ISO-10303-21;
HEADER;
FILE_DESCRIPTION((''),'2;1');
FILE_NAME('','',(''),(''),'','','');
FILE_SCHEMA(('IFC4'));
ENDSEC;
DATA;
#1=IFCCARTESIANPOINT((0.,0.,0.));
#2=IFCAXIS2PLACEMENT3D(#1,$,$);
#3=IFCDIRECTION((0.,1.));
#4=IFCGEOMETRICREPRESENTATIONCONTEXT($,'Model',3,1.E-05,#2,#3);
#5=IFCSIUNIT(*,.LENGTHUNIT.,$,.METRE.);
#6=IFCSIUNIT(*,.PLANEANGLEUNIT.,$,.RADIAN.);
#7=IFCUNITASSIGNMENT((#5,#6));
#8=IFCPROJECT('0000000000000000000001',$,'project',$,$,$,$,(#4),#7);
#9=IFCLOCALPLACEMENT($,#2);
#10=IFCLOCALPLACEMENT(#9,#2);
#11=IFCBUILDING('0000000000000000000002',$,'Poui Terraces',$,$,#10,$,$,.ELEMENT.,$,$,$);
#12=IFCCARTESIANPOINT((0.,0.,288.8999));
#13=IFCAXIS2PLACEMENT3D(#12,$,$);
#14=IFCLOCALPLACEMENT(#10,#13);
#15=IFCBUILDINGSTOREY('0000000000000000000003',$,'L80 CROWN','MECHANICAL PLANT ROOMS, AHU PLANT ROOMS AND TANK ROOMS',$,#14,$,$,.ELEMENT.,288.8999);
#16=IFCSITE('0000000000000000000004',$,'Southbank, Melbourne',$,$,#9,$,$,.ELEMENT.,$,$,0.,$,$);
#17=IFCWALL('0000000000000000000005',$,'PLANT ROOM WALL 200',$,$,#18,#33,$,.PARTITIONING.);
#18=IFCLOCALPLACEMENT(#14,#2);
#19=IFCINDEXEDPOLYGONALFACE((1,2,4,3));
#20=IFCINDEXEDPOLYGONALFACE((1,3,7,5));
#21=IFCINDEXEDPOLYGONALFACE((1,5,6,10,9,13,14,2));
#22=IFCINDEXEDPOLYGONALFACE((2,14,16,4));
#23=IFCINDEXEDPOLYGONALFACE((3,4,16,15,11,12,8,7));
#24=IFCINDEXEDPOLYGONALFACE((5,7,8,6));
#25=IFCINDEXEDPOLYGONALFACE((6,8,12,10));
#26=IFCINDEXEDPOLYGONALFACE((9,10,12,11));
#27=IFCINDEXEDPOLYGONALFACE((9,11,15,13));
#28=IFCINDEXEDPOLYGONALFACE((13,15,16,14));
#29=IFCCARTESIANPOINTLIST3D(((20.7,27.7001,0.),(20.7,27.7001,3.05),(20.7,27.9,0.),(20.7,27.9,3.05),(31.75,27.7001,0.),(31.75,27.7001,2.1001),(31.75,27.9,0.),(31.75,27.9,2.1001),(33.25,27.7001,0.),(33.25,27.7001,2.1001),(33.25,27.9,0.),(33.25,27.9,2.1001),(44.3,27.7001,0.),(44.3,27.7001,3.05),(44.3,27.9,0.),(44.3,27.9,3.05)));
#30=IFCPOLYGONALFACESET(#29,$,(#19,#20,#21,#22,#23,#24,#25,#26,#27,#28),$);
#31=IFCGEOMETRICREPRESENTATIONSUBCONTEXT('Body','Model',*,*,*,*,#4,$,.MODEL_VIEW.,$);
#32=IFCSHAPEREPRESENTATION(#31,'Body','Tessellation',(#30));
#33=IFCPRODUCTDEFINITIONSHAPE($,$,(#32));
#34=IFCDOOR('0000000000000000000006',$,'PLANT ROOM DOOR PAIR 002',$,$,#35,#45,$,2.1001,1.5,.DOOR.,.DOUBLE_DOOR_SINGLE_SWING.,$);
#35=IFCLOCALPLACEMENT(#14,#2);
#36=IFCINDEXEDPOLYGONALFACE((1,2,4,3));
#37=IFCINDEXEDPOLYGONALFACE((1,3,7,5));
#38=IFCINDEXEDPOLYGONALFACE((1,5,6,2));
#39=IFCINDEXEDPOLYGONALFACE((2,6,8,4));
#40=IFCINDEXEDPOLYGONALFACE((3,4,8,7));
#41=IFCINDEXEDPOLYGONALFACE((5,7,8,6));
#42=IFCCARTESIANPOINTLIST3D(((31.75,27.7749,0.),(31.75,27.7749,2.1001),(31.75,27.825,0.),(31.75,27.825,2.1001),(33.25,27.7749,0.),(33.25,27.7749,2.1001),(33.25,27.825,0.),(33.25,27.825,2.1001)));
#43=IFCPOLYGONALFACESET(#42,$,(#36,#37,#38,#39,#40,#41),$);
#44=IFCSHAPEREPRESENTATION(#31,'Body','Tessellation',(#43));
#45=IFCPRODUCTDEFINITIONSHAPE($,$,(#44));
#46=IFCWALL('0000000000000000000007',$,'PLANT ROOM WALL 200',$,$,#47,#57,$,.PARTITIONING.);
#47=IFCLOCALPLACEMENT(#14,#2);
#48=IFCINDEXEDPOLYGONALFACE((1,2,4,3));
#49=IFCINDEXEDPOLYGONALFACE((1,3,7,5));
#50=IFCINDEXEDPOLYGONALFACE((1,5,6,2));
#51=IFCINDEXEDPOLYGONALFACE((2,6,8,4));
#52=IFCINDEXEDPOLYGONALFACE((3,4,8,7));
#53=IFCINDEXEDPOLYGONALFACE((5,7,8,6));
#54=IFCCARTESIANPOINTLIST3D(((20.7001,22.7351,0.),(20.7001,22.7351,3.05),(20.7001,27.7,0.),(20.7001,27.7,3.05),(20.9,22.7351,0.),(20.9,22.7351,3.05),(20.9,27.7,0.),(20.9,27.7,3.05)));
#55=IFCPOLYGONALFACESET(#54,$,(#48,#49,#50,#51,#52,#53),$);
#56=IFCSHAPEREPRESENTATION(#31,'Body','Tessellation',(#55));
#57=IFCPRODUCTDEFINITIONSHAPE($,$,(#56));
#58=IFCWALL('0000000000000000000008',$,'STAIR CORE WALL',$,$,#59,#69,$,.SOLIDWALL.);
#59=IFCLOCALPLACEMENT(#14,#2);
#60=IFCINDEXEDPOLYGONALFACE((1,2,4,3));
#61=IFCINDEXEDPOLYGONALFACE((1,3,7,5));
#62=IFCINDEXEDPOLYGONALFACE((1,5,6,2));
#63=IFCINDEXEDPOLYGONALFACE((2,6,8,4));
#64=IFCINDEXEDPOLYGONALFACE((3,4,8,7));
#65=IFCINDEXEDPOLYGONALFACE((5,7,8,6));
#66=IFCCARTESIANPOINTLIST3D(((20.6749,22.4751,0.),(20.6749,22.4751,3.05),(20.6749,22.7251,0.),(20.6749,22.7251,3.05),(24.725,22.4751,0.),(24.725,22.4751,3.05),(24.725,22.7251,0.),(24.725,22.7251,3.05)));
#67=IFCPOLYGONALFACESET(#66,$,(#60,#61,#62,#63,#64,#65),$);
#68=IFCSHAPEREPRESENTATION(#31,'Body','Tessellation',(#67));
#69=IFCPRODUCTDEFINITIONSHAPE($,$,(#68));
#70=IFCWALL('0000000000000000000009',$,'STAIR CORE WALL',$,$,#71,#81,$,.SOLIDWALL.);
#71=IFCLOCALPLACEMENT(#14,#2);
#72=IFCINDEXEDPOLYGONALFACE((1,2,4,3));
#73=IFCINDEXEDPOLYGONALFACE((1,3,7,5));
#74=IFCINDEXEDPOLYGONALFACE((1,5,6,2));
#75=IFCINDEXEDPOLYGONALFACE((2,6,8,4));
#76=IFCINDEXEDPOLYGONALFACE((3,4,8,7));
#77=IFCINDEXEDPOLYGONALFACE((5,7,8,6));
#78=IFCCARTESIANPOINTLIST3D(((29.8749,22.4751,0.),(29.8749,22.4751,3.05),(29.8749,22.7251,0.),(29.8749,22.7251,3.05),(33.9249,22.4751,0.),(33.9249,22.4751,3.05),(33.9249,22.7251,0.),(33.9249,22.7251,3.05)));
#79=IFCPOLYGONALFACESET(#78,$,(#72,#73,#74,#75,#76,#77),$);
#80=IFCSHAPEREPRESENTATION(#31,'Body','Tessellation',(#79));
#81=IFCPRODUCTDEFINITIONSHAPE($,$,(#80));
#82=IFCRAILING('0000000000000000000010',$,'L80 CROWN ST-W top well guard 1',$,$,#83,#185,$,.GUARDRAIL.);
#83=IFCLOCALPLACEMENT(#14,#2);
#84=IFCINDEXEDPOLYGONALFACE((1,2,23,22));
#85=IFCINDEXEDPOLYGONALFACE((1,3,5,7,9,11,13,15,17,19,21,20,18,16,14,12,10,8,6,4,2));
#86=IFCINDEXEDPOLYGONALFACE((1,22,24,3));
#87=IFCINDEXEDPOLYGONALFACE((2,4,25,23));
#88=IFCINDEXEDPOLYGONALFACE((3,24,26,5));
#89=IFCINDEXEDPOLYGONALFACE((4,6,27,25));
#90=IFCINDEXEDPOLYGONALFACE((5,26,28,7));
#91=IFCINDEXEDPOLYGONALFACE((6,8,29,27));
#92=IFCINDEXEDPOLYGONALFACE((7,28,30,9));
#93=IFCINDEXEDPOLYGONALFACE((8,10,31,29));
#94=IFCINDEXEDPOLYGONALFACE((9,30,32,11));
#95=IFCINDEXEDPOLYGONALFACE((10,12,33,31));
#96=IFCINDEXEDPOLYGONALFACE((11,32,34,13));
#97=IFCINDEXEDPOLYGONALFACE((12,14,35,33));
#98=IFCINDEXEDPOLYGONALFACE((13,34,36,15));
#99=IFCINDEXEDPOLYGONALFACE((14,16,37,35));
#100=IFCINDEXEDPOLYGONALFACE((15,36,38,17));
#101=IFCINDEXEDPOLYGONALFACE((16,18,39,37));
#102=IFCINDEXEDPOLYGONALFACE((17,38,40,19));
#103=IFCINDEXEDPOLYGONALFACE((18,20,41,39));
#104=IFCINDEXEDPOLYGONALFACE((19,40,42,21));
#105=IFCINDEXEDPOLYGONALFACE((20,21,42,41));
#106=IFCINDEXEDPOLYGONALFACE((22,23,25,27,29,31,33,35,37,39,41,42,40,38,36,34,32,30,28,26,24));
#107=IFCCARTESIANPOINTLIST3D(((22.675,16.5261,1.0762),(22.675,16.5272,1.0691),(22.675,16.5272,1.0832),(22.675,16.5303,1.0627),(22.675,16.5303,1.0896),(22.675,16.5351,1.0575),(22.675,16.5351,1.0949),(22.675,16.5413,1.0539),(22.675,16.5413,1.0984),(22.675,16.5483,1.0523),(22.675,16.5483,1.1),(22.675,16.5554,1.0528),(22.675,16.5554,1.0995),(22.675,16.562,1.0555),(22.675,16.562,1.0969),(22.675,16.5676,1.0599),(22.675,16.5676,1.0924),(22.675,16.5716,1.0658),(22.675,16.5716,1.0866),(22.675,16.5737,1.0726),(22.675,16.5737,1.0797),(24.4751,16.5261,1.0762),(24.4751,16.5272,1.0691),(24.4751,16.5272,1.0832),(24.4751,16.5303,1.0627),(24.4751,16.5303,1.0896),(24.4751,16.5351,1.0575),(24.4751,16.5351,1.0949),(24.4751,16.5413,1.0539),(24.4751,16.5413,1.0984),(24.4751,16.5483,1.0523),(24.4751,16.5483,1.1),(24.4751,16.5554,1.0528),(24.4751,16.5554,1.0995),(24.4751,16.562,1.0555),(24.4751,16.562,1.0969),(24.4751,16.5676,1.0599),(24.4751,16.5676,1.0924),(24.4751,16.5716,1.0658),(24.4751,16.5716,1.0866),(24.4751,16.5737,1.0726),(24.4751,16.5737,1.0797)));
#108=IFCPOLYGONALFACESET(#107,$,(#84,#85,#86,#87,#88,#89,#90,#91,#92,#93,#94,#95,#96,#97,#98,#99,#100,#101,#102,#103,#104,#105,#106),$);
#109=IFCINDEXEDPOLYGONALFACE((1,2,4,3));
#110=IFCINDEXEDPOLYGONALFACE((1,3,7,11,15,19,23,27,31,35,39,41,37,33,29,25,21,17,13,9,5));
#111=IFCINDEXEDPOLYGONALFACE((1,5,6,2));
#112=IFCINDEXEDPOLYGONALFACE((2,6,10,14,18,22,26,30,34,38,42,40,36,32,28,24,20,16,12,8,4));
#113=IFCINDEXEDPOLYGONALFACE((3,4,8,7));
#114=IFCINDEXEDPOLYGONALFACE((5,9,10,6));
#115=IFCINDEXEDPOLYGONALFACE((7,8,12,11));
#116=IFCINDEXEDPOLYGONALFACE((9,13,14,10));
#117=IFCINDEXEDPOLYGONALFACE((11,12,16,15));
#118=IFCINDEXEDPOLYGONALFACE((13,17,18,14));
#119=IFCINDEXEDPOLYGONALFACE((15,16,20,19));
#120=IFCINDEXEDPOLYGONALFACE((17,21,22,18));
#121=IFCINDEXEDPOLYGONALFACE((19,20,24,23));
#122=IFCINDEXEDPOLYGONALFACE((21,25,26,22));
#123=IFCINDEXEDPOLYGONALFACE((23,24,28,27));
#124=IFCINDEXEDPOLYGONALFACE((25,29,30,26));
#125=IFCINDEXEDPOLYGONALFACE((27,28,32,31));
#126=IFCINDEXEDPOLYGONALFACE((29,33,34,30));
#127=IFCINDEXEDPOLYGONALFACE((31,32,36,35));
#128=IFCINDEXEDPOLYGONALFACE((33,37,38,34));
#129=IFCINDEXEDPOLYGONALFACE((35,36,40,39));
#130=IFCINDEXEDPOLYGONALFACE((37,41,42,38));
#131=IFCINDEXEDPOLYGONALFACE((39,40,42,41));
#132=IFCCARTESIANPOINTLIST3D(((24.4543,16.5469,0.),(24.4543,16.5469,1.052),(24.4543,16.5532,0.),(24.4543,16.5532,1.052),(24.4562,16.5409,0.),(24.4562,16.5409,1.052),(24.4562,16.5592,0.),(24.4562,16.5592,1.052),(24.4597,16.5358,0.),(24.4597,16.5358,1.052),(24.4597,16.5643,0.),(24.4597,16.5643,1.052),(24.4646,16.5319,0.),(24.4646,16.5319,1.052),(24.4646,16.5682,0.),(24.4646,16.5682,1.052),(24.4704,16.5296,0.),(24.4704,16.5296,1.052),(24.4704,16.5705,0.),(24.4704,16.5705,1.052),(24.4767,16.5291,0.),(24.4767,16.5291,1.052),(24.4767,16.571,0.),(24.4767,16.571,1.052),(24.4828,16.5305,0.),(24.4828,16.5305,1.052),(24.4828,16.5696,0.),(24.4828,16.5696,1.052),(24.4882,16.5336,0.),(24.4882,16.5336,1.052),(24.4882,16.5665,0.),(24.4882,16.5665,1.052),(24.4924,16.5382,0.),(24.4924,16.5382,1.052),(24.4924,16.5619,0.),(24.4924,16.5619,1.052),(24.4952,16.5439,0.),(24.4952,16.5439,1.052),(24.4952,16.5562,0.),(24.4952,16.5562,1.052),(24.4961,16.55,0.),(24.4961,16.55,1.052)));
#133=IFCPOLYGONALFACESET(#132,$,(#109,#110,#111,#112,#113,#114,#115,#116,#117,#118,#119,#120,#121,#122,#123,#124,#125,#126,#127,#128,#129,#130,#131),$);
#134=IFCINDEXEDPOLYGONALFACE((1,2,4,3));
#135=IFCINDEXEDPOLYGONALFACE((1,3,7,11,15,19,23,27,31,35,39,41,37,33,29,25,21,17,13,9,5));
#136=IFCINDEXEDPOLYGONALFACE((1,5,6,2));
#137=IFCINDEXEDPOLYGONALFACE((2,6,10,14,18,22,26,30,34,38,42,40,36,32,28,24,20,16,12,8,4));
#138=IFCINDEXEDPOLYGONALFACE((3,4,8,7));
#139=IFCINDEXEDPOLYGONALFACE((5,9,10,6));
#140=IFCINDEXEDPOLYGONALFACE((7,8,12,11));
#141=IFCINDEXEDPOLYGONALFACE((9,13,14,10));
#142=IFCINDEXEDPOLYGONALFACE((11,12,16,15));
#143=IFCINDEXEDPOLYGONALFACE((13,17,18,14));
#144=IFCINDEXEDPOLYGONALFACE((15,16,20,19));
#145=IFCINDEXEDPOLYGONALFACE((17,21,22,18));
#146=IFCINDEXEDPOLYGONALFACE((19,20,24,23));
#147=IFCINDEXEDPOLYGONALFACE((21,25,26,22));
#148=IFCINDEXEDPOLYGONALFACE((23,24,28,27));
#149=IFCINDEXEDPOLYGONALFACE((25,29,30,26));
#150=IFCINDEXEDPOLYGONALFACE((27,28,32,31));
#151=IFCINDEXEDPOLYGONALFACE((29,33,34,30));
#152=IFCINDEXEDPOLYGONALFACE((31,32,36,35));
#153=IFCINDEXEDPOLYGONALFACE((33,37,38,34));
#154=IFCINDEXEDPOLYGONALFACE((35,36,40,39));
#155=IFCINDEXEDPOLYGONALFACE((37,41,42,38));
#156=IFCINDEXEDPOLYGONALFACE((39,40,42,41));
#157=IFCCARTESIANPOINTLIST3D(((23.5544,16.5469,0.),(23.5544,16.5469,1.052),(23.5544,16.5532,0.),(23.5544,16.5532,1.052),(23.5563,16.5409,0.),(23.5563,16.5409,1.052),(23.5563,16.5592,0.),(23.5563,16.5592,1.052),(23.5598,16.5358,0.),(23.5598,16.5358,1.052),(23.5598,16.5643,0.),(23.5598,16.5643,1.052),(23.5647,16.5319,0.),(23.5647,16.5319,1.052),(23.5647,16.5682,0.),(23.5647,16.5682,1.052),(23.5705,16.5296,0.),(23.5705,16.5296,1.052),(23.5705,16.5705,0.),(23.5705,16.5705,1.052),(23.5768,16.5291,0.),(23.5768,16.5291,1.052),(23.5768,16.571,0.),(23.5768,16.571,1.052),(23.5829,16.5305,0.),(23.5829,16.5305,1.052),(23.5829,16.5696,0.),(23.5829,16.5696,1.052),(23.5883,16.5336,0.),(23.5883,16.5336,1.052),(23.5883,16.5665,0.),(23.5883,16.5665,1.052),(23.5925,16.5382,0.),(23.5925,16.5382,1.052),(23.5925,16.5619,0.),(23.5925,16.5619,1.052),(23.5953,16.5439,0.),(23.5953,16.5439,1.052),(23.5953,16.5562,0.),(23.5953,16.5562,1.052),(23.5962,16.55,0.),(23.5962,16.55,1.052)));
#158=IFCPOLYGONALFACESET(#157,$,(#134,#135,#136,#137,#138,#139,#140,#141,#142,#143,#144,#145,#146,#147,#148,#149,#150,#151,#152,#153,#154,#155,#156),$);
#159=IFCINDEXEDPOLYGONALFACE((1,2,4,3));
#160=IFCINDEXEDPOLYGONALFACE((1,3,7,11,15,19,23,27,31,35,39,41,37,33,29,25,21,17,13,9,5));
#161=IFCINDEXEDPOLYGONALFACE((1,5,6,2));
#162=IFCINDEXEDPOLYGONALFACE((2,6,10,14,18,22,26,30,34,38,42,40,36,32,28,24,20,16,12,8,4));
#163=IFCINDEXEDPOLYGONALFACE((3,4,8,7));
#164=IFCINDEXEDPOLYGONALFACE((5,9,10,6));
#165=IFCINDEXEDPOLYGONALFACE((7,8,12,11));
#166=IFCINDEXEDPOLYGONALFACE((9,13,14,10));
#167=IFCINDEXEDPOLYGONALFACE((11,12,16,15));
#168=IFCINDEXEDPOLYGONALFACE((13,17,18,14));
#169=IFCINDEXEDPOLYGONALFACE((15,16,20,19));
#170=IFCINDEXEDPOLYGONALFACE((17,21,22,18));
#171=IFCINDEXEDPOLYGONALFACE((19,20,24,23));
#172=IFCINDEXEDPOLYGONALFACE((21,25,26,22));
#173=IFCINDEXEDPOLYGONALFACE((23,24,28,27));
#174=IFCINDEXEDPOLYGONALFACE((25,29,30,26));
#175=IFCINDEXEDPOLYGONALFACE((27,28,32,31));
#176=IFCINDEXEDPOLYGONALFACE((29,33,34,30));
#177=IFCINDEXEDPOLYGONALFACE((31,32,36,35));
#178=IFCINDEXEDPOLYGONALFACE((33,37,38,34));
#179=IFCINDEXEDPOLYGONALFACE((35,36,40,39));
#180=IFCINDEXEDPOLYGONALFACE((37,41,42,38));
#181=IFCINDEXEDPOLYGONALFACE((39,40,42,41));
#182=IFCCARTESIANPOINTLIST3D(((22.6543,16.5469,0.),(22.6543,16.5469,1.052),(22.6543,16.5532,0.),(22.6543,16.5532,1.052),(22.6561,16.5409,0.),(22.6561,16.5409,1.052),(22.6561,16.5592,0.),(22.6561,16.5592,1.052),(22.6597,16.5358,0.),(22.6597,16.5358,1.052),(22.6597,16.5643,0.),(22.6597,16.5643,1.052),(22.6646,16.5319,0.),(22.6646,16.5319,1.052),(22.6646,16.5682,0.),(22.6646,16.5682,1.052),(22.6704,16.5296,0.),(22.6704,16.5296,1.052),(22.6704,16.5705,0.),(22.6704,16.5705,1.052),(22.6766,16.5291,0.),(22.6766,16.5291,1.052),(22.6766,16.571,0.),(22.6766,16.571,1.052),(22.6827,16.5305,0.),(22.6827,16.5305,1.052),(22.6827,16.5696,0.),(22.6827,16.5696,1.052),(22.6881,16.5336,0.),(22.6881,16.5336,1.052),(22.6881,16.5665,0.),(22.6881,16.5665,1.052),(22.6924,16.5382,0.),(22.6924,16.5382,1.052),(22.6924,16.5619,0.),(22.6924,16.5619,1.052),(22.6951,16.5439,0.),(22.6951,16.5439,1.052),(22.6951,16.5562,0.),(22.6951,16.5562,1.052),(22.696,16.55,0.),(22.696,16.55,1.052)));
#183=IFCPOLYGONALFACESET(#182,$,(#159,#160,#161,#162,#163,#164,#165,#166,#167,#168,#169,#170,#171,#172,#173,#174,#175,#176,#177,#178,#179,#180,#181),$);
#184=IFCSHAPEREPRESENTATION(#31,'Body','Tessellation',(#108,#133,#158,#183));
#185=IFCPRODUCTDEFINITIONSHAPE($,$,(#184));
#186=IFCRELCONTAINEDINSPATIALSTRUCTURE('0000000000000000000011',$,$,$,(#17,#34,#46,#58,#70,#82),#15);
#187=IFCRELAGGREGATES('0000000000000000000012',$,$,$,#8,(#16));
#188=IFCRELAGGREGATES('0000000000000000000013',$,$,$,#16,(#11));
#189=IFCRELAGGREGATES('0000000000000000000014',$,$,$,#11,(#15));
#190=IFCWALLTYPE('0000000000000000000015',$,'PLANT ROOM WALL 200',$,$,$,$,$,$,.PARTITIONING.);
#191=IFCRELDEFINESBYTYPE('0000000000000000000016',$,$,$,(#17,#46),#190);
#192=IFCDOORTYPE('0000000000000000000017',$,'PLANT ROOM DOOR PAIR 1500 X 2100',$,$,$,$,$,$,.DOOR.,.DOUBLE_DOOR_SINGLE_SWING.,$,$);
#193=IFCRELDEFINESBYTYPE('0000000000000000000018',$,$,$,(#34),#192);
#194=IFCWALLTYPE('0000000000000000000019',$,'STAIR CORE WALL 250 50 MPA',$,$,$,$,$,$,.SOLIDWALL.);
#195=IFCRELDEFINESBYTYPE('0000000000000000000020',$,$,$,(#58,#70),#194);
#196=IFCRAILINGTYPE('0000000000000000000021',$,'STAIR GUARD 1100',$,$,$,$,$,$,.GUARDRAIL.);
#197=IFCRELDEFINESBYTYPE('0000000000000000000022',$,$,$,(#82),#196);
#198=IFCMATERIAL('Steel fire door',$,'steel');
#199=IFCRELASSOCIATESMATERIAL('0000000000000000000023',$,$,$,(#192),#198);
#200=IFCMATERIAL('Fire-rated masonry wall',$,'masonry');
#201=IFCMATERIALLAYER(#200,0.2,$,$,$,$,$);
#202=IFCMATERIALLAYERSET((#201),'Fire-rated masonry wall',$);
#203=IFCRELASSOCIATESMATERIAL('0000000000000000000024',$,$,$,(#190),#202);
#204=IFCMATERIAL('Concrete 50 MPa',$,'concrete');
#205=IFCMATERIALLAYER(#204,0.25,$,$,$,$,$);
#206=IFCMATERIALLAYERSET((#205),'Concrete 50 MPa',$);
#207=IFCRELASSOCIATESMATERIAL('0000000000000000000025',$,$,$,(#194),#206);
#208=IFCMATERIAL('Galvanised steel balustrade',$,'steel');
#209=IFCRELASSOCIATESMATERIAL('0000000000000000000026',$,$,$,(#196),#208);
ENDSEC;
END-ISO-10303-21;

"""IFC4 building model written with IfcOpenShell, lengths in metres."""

from ifc_helpers import new_model, si_unit, direction, frame, frame_2d, origin, origin_2d, place, context, subcontext, project, spatial, rectangle, circle, extrude, material, layer, layer_set, type_object, element, fill, save


model = new_model("IFC4")

# Units and contexts
model_context = context("Model", 3, precision=1e-05, world=origin(), true_north=direction((0.0, 1.0)))
body_context = subcontext(model_context, "Body", "Model", "MODEL_VIEW")
ifc_project = project(units=[si_unit("LENGTHUNIT", "METRE"), si_unit("PLANEANGLEUNIT", "RADIAN")], contexts=[model_context])

# Site, building, storey
site_placement = place(None, origin())
site = spatial("IfcSite", under=ifc_project, at=site_placement, Name="Southbank, Melbourne", CompositionType="ELEMENT", RefElevation=0.0)
building_placement = place(site_placement, origin())
building = spatial("IfcBuilding", under=site, at=building_placement, Name="Poui Terraces", CompositionType="ELEMENT")
storey_placement = place(building_placement, frame((0.0, 0.0, 288.8999)))
storey = spatial("IfcBuildingStorey", under=building, at=storey_placement, Name="L80 CROWN", Description="MECHANICAL PLANT ROOMS, AHU PLANT ROOMS AND TANK ROOMS", CompositionType="ELEMENT", Elevation=288.8999)

# Shared definitions
ifc_material_1 = material(Name="Concrete 50 MPa", Category="concrete")

# Shared definitions
ifc_material_2 = material(Name="Steel fire door", Category="steel")

# Shared definitions
door_type_1 = type_object("IfcDoorType", Name="PLANT ROOM DOOR PAIR 1500 X 2100", OperationType="DOUBLE_DOOR_SINGLE_SWING", PredefinedType="DOOR", material=ifc_material_2)

# Shared definitions
ifc_material_3 = material(Name="Fire-rated masonry wall", Category="masonry")
ifc_layer_1 = layer(ifc_material_3, 0.2)
ifc_layer_set_1 = layer_set([ifc_layer_1], Name="Fire-rated masonry wall")
wall_type_1 = type_object("IfcWallType", Name="PLANT ROOM WALL 200", PredefinedType="PARTITIONING", material=ifc_layer_set_1)

# Wall, opening, door
wall_1_placement = place(storey_placement, frame((20.7, 27.8, 0.0), z_axis=(0.0, 0.0, 1.0), x_axis=(1.0, 0.0, 0.0)))
wall_1 = element("IfcWall", 1, at=wall_1_placement, inside=storey, type_object=wall_type_1, Name="PLANT ROOM WALL 200", PredefinedType="PARTITIONING", context=body_context, shape_type="SweptSolid", body=[
    extrude(rectangle(XDim=23.6001, YDim=0.2, at=frame_2d((11.8, 0.0))), origin(), (0.0, 0.0, 1.0), 3.05),
])
opening_1_placement = place(wall_1_placement, frame((11.05, 0.0, 0.0)))
opening_1 = element("IfcOpeningElement", 2, at=opening_1_placement, cuts=wall_1, PredefinedType="OPENING", context=body_context, shape_type="SweptSolid", body=[
    extrude(rectangle(XDim=1.5, YDim=2.1001, at=frame_2d((0.75, 1.05))), frame((0.0, 0.1099, 0.0), z_axis=(0.0, -1.0, 0.0), x_axis=(1.0, 0.0, 0.0)), (0.0, 0.0, 1.0), 0.22),
])
door_1_placement = place(opening_1_placement, origin())
door_1 = element("IfcDoor", 3, at=door_1_placement, inside=storey, type_object=door_type_1, Name="PLANT ROOM DOOR PAIR 002", OperationType="DOUBLE_DOOR_SINGLE_SWING", OverallHeight=2.1001, OverallWidth=1.5, PredefinedType="DOOR", context=body_context, shape_type="SweptSolid", body=[
    extrude(rectangle(XDim=1.5, YDim=2.1001, at=frame_2d((0.75, 1.05))), frame((0.0, 0.0249, 0.0), z_axis=(0.0, -1.0, 0.0), x_axis=(1.0, 0.0, 0.0)), (0.0, 0.0, 1.0), 0.05),
])
fill(opening_1, door_1)

# Walls
wall_2_placement = place(storey_placement, frame((20.8, 22.7351, 0.0), z_axis=(0.0, 0.0, 1.0), x_axis=(0.0, 1.0, 0.0)))
element("IfcWall", 4, at=wall_2_placement, inside=storey, type_object=wall_type_1, Name="PLANT ROOM WALL 200", PredefinedType="PARTITIONING", context=body_context, shape_type="SweptSolid", body=[
    extrude(rectangle(XDim=4.9648, YDim=0.2, at=frame_2d((2.4824, 0.0))), origin(), (0.0, 0.0, 1.0), 3.05),
])
ifc_layer_2 = layer(ifc_material_1, 0.25)
ifc_layer_set_2 = layer_set([ifc_layer_2], Name="Concrete 50 MPa")
wall_type_2 = type_object("IfcWallType", Name="STAIR CORE WALL 250 50 MPA", PredefinedType="SOLIDWALL", material=ifc_layer_set_2)
for number, where, z_axis, x_axis, name in (
    (5, (20.675, 22.6001, 0.0), (0.0, 0.0, 1.0), (1.0, 0.0, 0.0), "STAIR CORE WALL"),
    (6, (29.875, 22.6001, 0.0), (0.0, 0.0, 1.0), (1.0, 0.0, 0.0), "STAIR CORE WALL"),
):
    element("IfcWall", number, at=place(storey_placement, frame(where, z_axis=z_axis, x_axis=x_axis)), inside=storey, type_object=wall_type_2, Name=name, PredefinedType="SOLIDWALL", context=body_context, shape_type="SweptSolid", body=[
        extrude(rectangle(XDim=4.05, YDim=0.25, at=frame_2d((2.0249, 0.0))), origin(), (0.0, 0.0, 1.0), 3.05),
    ])

# Railing
ifc_material_4 = material(Name="Galvanised steel balustrade", Category="steel")
railing_type = type_object("IfcRailingType", Name="STAIR GUARD 1100", PredefinedType="GUARDRAIL", material=ifc_material_4)
railing_placement = place(storey_placement, frame((24.4751, 16.55, 0.0)))
element("IfcRailing", 7, at=railing_placement, inside=storey, type_object=railing_type, Name="L80 CROWN ST-W top well guard 1", PredefinedType="GUARDRAIL", context=body_context, shape_type="SweptSolid", body=[
    extrude(circle(Radius=0.0239, at=origin_2d()), frame((0.0, 0.0, 1.0762), z_axis=(-1.0, 0.0, 0.0), x_axis=(0.0, -1.0, 0.0)), (0.0, 0.0, 1.0), 1.8),
    extrude(circle(Radius=0.021, at=origin_2d()), origin(), (0.0, 0.0, 1.0), 1.052),
    extrude(circle(Radius=0.021, at=origin_2d()), frame((-0.8999, 0.0, 0.0)), (0.0, 0.0, 1.0), 1.052),
    extrude(circle(Radius=0.021, at=origin_2d()), frame((-1.8, 0.0, 0.0)), (0.0, 0.0, 1.0), 1.052),
])

save(model, "model.ifc")
